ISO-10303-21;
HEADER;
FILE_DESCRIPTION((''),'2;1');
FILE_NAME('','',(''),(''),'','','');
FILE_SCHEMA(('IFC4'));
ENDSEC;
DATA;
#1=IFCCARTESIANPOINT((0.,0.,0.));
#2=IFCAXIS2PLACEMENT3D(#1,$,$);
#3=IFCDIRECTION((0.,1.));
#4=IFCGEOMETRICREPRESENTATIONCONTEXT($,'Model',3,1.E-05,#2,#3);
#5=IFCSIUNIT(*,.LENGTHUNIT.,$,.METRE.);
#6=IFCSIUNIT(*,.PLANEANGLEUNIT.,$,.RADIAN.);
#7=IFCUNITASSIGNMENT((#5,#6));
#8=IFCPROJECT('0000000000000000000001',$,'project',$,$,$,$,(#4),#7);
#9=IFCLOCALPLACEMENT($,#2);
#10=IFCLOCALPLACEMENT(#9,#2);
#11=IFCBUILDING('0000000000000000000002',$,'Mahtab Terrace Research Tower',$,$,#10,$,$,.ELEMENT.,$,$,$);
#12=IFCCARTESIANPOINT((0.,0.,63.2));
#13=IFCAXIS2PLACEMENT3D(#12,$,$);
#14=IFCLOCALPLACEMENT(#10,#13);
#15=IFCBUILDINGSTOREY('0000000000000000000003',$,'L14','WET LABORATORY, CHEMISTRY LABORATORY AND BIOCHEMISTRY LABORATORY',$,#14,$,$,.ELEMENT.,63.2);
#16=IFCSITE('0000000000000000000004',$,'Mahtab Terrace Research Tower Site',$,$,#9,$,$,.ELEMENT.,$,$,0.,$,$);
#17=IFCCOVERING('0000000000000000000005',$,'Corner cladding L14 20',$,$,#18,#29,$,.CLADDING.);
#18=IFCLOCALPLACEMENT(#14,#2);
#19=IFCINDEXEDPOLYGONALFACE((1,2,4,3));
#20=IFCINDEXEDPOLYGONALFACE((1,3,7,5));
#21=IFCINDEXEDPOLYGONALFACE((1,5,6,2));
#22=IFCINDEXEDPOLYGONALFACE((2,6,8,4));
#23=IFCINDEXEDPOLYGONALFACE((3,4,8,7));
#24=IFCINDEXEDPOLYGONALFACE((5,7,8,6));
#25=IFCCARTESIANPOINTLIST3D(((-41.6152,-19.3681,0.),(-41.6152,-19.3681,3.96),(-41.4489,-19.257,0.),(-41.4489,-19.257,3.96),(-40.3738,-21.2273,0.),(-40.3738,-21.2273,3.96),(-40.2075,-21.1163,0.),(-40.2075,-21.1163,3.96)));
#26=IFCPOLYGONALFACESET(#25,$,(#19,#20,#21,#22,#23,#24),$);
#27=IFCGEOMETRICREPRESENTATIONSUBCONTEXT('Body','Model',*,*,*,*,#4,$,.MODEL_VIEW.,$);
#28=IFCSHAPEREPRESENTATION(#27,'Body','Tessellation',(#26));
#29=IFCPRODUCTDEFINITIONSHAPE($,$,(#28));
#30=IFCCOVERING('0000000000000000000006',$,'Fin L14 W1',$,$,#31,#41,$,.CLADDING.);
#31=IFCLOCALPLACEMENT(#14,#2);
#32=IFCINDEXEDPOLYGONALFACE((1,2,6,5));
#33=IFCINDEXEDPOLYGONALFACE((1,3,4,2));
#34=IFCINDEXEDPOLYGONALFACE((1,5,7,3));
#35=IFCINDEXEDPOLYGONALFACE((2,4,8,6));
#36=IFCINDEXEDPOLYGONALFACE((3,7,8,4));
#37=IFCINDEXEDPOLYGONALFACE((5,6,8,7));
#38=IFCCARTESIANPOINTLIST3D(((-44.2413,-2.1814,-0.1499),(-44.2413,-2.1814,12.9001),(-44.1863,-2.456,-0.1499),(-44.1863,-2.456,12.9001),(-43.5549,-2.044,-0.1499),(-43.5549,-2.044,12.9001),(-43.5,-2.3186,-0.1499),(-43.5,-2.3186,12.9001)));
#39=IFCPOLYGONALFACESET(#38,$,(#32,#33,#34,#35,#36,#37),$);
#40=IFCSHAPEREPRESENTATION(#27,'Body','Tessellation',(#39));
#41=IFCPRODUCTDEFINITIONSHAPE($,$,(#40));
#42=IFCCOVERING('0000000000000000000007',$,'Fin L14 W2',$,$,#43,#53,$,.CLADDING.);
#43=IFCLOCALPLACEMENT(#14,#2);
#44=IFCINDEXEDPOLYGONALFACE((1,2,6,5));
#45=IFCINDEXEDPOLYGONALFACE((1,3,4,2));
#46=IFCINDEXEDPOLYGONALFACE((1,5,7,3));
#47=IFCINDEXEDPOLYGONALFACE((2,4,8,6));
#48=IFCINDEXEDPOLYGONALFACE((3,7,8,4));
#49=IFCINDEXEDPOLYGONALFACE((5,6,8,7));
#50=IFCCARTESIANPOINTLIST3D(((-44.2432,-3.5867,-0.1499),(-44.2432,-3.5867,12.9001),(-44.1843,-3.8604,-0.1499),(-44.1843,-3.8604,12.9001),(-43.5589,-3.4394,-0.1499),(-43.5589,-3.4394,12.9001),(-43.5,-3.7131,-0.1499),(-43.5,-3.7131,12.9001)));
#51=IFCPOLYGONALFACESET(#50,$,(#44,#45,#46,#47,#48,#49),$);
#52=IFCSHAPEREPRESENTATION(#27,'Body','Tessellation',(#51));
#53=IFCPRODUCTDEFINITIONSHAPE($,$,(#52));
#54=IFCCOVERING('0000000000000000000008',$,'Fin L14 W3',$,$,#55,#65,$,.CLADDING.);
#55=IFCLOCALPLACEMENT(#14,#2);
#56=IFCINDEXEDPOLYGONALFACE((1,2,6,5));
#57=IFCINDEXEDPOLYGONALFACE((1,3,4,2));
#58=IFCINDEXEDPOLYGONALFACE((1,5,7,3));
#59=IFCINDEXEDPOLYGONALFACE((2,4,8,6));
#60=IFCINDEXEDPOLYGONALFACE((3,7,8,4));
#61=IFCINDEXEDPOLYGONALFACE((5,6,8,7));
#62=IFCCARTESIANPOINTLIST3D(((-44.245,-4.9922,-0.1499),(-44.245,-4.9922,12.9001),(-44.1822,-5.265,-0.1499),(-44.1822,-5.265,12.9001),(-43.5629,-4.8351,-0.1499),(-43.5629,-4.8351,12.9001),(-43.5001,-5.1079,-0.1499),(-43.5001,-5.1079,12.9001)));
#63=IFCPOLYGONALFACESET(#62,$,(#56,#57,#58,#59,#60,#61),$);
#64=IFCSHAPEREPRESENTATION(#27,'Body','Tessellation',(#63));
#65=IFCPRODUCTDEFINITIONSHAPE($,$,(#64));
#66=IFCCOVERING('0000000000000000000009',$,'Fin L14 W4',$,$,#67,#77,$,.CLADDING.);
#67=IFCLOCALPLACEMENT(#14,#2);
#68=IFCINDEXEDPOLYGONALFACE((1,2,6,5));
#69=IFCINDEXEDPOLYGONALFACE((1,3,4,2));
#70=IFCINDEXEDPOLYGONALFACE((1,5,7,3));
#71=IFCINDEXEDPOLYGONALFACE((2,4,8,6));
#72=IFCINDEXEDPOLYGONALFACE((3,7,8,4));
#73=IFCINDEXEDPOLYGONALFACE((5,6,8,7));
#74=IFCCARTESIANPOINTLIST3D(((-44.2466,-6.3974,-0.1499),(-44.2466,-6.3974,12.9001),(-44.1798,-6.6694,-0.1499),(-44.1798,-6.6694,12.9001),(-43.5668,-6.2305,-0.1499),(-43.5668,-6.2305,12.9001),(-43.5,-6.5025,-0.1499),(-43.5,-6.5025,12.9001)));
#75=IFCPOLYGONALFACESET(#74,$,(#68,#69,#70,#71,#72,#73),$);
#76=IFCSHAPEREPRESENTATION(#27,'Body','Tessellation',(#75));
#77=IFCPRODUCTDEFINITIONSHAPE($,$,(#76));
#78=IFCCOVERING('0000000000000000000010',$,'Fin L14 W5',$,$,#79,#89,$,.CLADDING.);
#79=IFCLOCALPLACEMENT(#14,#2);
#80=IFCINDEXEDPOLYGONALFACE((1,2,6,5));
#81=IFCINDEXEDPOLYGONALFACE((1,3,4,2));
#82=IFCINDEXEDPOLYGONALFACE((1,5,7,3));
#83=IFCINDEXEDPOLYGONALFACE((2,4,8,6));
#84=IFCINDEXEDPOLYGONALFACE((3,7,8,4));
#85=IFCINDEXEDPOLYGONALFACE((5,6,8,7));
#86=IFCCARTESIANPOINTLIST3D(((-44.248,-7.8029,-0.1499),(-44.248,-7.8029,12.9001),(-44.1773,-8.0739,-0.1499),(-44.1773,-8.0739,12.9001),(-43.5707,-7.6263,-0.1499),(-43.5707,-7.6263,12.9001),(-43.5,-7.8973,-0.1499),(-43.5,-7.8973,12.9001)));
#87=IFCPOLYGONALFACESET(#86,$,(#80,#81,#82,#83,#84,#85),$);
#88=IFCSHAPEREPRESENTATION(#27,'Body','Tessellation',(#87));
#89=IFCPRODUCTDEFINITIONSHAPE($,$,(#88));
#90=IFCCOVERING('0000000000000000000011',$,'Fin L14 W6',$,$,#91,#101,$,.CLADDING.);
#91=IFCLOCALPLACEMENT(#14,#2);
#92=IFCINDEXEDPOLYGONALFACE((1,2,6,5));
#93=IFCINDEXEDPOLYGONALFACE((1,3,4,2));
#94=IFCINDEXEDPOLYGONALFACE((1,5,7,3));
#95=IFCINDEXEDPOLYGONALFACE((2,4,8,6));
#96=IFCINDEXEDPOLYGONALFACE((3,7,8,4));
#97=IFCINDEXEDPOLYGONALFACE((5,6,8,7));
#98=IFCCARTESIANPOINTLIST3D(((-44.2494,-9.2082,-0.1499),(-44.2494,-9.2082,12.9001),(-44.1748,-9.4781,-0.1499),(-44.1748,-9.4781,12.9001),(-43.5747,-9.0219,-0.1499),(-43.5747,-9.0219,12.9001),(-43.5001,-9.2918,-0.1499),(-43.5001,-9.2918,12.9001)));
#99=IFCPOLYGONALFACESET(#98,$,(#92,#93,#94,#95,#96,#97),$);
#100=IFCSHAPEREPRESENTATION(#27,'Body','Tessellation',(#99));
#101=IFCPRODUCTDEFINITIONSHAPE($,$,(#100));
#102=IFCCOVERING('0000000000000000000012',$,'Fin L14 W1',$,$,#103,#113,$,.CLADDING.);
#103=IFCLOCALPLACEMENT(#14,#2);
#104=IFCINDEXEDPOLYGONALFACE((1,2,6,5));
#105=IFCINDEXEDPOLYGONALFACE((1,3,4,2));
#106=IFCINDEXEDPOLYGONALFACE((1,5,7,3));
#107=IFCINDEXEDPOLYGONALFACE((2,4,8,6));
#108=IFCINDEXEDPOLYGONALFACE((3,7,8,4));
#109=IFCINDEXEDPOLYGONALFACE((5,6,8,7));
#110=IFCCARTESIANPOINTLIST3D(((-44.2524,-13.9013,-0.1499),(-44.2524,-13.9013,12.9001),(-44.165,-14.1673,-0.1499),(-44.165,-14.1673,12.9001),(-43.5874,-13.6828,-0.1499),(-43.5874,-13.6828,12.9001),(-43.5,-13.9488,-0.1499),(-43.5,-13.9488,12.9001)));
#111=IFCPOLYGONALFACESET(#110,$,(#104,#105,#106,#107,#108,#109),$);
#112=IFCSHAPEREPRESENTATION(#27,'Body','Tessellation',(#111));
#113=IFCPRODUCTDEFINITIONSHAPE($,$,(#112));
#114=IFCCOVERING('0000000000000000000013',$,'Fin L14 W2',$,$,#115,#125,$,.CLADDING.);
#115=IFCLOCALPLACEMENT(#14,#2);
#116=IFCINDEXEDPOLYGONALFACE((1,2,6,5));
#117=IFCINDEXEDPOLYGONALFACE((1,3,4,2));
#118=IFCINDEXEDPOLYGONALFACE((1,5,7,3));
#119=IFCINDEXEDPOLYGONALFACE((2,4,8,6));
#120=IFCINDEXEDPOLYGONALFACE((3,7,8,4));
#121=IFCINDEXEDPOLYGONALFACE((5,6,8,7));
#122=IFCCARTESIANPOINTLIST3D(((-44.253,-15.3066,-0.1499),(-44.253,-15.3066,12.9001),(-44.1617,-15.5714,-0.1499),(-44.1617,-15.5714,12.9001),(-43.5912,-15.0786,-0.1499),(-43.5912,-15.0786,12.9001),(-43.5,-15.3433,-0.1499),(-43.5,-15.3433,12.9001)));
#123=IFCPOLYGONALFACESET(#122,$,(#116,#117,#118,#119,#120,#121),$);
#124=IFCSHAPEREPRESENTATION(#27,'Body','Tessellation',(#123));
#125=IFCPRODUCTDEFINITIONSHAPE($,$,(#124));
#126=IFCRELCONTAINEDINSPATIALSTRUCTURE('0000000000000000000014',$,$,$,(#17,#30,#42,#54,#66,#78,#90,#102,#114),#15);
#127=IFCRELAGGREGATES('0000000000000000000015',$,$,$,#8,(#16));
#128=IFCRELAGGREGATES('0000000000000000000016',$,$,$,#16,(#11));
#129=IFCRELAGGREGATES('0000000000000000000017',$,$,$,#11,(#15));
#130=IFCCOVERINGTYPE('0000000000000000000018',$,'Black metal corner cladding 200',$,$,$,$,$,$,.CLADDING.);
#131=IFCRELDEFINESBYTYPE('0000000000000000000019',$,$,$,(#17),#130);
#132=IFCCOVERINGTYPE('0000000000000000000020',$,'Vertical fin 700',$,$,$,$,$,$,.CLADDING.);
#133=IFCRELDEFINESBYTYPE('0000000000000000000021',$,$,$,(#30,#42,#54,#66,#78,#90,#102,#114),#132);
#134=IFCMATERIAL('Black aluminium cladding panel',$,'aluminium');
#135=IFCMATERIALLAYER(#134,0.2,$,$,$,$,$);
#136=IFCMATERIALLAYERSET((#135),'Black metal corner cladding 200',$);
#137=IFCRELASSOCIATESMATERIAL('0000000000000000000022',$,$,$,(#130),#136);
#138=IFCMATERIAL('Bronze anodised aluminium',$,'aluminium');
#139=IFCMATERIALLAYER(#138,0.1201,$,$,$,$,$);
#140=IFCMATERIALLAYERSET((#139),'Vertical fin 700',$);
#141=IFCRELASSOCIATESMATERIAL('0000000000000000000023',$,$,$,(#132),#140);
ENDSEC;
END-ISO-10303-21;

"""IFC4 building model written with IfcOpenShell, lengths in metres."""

from ifc_helpers import new_model, si_unit, direction, frame, origin, origin_2d, place, context, subcontext, project, spatial, rectangle, extrude, material, layer, layer_set, type_object, element, save


model = new_model("IFC4")

# Units and contexts
model_context = context("Model", 3, precision=1e-05, world=origin(), true_north=direction((0.0, 1.0)))
body_context = subcontext(model_context, "Body", "Model", "MODEL_VIEW")
ifc_project = project(units=[si_unit("LENGTHUNIT", "METRE"), si_unit("PLANEANGLEUNIT", "RADIAN")], contexts=[model_context])

# Site, building, storey
site_placement = place(None, origin())
site = spatial("IfcSite", under=ifc_project, at=site_placement, Name="Mahtab Terrace Research Tower Site", CompositionType="ELEMENT", RefElevation=0.0)
building_placement = place(site_placement, origin())
building = spatial("IfcBuilding", under=site, at=building_placement, Name="Mahtab Terrace Research Tower", CompositionType="ELEMENT")
storey_placement = place(building_placement, frame((0.0, 0.0, 63.2)))
storey = spatial("IfcBuildingStorey", under=building, at=storey_placement, Name="L14", Description="WET LABORATORY, CHEMISTRY LABORATORY AND BIOCHEMISTRY LABORATORY", CompositionType="ELEMENT", Elevation=63.2)

# Coverings
ifc_material_1 = material(Name="Black aluminium cladding panel", Category="aluminium")
ifc_layer_1 = layer(ifc_material_1, 0.2)
ifc_layer_set_1 = layer_set([ifc_layer_1], Name="Black metal corner cladding 200")
covering_type_1 = type_object("IfcCoveringType", Name="Black metal corner cladding 200", PredefinedType="CLADDING", material=ifc_layer_set_1)
covering_1_placement = place(storey_placement, frame((-40.9114, -20.2422, 0.0), z_axis=(0.0, 0.0, 1.0), x_axis=(0.555291, -0.831656, 0.0)))
element("IfcCovering", 1, at=covering_1_placement, inside=storey, type_object=covering_type_1, Name="Corner cladding L14 20", PredefinedType="CLADDING", context=body_context, shape_type="SweptSolid", body=[
    extrude(rectangle(XDim=2.2356, YDim=0.2, at=origin_2d()), origin(), (0.0, 0.0, 1.0), 3.96),
])
ifc_material_2 = material(Name="Bronze anodised aluminium", Category="aluminium")
ifc_layer_2 = layer(ifc_material_2, 0.1201)
ifc_layer_set_2 = layer_set([ifc_layer_2], Name="Vertical fin 700")
covering_type_2 = type_object("IfcCoveringType", Name="Vertical fin 700", PredefinedType="CLADDING", material=ifc_layer_set_2)
for number, where, z_axis, x_axis, name in (
    (2, (-43.8706, -2.25, -0.1499), (0.0, 0.0, 1.0), (0.196349, -0.980534, 0.0), "Fin L14 W1"),
    (3, (-43.8716, -3.6499, -0.1499), (0.0, 0.0, 1.0), (0.210422, -0.977611, 0.0), "Fin L14 W2"),
    (4, (-43.8726, -5.05, -0.1499), (0.0, 0.0, 1.0), (0.224451, -0.974485, 0.0), "Fin L14 W3"),
    (5, (-43.8733, -6.45, -0.1499), (0.0, 0.0, 1.0), (0.238434, -0.971159, 0.0), "Fin L14 W4"),
    (6, (-43.874, -7.8501, -0.1499), (0.0, 0.0, 1.0), (0.252367, -0.967631, 0.0), "Fin L14 W5"),
    (7, (-43.8748, -9.25, -0.1499), (0.0, 0.0, 1.0), (0.266249, -0.963904, 0.0), "Fin L14 W6"),
    (8, (-43.8762, -13.925, -0.1499), (0.0, 0.0, 1.0), (0.312189, -0.95002, 0.0), "Fin L14 W1"),
    (9, (-43.8765, -15.325, -0.1499), (0.0, 0.0, 1.0), (0.325811, -0.945435, 0.0), "Fin L14 W2"),
):
    element("IfcCovering", number, at=place(storey_placement, frame(where, z_axis=z_axis, x_axis=x_axis)), inside=storey, type_object=covering_type_2, Name=name, PredefinedType="CLADDING", context=body_context, shape_type="SweptSolid", body=[
        extrude(rectangle(XDim=0.28, YDim=0.7, at=origin_2d()), origin(), (0.0, 0.0, 1.0), 13.05),
    ])

save(model, "model.ifc")
